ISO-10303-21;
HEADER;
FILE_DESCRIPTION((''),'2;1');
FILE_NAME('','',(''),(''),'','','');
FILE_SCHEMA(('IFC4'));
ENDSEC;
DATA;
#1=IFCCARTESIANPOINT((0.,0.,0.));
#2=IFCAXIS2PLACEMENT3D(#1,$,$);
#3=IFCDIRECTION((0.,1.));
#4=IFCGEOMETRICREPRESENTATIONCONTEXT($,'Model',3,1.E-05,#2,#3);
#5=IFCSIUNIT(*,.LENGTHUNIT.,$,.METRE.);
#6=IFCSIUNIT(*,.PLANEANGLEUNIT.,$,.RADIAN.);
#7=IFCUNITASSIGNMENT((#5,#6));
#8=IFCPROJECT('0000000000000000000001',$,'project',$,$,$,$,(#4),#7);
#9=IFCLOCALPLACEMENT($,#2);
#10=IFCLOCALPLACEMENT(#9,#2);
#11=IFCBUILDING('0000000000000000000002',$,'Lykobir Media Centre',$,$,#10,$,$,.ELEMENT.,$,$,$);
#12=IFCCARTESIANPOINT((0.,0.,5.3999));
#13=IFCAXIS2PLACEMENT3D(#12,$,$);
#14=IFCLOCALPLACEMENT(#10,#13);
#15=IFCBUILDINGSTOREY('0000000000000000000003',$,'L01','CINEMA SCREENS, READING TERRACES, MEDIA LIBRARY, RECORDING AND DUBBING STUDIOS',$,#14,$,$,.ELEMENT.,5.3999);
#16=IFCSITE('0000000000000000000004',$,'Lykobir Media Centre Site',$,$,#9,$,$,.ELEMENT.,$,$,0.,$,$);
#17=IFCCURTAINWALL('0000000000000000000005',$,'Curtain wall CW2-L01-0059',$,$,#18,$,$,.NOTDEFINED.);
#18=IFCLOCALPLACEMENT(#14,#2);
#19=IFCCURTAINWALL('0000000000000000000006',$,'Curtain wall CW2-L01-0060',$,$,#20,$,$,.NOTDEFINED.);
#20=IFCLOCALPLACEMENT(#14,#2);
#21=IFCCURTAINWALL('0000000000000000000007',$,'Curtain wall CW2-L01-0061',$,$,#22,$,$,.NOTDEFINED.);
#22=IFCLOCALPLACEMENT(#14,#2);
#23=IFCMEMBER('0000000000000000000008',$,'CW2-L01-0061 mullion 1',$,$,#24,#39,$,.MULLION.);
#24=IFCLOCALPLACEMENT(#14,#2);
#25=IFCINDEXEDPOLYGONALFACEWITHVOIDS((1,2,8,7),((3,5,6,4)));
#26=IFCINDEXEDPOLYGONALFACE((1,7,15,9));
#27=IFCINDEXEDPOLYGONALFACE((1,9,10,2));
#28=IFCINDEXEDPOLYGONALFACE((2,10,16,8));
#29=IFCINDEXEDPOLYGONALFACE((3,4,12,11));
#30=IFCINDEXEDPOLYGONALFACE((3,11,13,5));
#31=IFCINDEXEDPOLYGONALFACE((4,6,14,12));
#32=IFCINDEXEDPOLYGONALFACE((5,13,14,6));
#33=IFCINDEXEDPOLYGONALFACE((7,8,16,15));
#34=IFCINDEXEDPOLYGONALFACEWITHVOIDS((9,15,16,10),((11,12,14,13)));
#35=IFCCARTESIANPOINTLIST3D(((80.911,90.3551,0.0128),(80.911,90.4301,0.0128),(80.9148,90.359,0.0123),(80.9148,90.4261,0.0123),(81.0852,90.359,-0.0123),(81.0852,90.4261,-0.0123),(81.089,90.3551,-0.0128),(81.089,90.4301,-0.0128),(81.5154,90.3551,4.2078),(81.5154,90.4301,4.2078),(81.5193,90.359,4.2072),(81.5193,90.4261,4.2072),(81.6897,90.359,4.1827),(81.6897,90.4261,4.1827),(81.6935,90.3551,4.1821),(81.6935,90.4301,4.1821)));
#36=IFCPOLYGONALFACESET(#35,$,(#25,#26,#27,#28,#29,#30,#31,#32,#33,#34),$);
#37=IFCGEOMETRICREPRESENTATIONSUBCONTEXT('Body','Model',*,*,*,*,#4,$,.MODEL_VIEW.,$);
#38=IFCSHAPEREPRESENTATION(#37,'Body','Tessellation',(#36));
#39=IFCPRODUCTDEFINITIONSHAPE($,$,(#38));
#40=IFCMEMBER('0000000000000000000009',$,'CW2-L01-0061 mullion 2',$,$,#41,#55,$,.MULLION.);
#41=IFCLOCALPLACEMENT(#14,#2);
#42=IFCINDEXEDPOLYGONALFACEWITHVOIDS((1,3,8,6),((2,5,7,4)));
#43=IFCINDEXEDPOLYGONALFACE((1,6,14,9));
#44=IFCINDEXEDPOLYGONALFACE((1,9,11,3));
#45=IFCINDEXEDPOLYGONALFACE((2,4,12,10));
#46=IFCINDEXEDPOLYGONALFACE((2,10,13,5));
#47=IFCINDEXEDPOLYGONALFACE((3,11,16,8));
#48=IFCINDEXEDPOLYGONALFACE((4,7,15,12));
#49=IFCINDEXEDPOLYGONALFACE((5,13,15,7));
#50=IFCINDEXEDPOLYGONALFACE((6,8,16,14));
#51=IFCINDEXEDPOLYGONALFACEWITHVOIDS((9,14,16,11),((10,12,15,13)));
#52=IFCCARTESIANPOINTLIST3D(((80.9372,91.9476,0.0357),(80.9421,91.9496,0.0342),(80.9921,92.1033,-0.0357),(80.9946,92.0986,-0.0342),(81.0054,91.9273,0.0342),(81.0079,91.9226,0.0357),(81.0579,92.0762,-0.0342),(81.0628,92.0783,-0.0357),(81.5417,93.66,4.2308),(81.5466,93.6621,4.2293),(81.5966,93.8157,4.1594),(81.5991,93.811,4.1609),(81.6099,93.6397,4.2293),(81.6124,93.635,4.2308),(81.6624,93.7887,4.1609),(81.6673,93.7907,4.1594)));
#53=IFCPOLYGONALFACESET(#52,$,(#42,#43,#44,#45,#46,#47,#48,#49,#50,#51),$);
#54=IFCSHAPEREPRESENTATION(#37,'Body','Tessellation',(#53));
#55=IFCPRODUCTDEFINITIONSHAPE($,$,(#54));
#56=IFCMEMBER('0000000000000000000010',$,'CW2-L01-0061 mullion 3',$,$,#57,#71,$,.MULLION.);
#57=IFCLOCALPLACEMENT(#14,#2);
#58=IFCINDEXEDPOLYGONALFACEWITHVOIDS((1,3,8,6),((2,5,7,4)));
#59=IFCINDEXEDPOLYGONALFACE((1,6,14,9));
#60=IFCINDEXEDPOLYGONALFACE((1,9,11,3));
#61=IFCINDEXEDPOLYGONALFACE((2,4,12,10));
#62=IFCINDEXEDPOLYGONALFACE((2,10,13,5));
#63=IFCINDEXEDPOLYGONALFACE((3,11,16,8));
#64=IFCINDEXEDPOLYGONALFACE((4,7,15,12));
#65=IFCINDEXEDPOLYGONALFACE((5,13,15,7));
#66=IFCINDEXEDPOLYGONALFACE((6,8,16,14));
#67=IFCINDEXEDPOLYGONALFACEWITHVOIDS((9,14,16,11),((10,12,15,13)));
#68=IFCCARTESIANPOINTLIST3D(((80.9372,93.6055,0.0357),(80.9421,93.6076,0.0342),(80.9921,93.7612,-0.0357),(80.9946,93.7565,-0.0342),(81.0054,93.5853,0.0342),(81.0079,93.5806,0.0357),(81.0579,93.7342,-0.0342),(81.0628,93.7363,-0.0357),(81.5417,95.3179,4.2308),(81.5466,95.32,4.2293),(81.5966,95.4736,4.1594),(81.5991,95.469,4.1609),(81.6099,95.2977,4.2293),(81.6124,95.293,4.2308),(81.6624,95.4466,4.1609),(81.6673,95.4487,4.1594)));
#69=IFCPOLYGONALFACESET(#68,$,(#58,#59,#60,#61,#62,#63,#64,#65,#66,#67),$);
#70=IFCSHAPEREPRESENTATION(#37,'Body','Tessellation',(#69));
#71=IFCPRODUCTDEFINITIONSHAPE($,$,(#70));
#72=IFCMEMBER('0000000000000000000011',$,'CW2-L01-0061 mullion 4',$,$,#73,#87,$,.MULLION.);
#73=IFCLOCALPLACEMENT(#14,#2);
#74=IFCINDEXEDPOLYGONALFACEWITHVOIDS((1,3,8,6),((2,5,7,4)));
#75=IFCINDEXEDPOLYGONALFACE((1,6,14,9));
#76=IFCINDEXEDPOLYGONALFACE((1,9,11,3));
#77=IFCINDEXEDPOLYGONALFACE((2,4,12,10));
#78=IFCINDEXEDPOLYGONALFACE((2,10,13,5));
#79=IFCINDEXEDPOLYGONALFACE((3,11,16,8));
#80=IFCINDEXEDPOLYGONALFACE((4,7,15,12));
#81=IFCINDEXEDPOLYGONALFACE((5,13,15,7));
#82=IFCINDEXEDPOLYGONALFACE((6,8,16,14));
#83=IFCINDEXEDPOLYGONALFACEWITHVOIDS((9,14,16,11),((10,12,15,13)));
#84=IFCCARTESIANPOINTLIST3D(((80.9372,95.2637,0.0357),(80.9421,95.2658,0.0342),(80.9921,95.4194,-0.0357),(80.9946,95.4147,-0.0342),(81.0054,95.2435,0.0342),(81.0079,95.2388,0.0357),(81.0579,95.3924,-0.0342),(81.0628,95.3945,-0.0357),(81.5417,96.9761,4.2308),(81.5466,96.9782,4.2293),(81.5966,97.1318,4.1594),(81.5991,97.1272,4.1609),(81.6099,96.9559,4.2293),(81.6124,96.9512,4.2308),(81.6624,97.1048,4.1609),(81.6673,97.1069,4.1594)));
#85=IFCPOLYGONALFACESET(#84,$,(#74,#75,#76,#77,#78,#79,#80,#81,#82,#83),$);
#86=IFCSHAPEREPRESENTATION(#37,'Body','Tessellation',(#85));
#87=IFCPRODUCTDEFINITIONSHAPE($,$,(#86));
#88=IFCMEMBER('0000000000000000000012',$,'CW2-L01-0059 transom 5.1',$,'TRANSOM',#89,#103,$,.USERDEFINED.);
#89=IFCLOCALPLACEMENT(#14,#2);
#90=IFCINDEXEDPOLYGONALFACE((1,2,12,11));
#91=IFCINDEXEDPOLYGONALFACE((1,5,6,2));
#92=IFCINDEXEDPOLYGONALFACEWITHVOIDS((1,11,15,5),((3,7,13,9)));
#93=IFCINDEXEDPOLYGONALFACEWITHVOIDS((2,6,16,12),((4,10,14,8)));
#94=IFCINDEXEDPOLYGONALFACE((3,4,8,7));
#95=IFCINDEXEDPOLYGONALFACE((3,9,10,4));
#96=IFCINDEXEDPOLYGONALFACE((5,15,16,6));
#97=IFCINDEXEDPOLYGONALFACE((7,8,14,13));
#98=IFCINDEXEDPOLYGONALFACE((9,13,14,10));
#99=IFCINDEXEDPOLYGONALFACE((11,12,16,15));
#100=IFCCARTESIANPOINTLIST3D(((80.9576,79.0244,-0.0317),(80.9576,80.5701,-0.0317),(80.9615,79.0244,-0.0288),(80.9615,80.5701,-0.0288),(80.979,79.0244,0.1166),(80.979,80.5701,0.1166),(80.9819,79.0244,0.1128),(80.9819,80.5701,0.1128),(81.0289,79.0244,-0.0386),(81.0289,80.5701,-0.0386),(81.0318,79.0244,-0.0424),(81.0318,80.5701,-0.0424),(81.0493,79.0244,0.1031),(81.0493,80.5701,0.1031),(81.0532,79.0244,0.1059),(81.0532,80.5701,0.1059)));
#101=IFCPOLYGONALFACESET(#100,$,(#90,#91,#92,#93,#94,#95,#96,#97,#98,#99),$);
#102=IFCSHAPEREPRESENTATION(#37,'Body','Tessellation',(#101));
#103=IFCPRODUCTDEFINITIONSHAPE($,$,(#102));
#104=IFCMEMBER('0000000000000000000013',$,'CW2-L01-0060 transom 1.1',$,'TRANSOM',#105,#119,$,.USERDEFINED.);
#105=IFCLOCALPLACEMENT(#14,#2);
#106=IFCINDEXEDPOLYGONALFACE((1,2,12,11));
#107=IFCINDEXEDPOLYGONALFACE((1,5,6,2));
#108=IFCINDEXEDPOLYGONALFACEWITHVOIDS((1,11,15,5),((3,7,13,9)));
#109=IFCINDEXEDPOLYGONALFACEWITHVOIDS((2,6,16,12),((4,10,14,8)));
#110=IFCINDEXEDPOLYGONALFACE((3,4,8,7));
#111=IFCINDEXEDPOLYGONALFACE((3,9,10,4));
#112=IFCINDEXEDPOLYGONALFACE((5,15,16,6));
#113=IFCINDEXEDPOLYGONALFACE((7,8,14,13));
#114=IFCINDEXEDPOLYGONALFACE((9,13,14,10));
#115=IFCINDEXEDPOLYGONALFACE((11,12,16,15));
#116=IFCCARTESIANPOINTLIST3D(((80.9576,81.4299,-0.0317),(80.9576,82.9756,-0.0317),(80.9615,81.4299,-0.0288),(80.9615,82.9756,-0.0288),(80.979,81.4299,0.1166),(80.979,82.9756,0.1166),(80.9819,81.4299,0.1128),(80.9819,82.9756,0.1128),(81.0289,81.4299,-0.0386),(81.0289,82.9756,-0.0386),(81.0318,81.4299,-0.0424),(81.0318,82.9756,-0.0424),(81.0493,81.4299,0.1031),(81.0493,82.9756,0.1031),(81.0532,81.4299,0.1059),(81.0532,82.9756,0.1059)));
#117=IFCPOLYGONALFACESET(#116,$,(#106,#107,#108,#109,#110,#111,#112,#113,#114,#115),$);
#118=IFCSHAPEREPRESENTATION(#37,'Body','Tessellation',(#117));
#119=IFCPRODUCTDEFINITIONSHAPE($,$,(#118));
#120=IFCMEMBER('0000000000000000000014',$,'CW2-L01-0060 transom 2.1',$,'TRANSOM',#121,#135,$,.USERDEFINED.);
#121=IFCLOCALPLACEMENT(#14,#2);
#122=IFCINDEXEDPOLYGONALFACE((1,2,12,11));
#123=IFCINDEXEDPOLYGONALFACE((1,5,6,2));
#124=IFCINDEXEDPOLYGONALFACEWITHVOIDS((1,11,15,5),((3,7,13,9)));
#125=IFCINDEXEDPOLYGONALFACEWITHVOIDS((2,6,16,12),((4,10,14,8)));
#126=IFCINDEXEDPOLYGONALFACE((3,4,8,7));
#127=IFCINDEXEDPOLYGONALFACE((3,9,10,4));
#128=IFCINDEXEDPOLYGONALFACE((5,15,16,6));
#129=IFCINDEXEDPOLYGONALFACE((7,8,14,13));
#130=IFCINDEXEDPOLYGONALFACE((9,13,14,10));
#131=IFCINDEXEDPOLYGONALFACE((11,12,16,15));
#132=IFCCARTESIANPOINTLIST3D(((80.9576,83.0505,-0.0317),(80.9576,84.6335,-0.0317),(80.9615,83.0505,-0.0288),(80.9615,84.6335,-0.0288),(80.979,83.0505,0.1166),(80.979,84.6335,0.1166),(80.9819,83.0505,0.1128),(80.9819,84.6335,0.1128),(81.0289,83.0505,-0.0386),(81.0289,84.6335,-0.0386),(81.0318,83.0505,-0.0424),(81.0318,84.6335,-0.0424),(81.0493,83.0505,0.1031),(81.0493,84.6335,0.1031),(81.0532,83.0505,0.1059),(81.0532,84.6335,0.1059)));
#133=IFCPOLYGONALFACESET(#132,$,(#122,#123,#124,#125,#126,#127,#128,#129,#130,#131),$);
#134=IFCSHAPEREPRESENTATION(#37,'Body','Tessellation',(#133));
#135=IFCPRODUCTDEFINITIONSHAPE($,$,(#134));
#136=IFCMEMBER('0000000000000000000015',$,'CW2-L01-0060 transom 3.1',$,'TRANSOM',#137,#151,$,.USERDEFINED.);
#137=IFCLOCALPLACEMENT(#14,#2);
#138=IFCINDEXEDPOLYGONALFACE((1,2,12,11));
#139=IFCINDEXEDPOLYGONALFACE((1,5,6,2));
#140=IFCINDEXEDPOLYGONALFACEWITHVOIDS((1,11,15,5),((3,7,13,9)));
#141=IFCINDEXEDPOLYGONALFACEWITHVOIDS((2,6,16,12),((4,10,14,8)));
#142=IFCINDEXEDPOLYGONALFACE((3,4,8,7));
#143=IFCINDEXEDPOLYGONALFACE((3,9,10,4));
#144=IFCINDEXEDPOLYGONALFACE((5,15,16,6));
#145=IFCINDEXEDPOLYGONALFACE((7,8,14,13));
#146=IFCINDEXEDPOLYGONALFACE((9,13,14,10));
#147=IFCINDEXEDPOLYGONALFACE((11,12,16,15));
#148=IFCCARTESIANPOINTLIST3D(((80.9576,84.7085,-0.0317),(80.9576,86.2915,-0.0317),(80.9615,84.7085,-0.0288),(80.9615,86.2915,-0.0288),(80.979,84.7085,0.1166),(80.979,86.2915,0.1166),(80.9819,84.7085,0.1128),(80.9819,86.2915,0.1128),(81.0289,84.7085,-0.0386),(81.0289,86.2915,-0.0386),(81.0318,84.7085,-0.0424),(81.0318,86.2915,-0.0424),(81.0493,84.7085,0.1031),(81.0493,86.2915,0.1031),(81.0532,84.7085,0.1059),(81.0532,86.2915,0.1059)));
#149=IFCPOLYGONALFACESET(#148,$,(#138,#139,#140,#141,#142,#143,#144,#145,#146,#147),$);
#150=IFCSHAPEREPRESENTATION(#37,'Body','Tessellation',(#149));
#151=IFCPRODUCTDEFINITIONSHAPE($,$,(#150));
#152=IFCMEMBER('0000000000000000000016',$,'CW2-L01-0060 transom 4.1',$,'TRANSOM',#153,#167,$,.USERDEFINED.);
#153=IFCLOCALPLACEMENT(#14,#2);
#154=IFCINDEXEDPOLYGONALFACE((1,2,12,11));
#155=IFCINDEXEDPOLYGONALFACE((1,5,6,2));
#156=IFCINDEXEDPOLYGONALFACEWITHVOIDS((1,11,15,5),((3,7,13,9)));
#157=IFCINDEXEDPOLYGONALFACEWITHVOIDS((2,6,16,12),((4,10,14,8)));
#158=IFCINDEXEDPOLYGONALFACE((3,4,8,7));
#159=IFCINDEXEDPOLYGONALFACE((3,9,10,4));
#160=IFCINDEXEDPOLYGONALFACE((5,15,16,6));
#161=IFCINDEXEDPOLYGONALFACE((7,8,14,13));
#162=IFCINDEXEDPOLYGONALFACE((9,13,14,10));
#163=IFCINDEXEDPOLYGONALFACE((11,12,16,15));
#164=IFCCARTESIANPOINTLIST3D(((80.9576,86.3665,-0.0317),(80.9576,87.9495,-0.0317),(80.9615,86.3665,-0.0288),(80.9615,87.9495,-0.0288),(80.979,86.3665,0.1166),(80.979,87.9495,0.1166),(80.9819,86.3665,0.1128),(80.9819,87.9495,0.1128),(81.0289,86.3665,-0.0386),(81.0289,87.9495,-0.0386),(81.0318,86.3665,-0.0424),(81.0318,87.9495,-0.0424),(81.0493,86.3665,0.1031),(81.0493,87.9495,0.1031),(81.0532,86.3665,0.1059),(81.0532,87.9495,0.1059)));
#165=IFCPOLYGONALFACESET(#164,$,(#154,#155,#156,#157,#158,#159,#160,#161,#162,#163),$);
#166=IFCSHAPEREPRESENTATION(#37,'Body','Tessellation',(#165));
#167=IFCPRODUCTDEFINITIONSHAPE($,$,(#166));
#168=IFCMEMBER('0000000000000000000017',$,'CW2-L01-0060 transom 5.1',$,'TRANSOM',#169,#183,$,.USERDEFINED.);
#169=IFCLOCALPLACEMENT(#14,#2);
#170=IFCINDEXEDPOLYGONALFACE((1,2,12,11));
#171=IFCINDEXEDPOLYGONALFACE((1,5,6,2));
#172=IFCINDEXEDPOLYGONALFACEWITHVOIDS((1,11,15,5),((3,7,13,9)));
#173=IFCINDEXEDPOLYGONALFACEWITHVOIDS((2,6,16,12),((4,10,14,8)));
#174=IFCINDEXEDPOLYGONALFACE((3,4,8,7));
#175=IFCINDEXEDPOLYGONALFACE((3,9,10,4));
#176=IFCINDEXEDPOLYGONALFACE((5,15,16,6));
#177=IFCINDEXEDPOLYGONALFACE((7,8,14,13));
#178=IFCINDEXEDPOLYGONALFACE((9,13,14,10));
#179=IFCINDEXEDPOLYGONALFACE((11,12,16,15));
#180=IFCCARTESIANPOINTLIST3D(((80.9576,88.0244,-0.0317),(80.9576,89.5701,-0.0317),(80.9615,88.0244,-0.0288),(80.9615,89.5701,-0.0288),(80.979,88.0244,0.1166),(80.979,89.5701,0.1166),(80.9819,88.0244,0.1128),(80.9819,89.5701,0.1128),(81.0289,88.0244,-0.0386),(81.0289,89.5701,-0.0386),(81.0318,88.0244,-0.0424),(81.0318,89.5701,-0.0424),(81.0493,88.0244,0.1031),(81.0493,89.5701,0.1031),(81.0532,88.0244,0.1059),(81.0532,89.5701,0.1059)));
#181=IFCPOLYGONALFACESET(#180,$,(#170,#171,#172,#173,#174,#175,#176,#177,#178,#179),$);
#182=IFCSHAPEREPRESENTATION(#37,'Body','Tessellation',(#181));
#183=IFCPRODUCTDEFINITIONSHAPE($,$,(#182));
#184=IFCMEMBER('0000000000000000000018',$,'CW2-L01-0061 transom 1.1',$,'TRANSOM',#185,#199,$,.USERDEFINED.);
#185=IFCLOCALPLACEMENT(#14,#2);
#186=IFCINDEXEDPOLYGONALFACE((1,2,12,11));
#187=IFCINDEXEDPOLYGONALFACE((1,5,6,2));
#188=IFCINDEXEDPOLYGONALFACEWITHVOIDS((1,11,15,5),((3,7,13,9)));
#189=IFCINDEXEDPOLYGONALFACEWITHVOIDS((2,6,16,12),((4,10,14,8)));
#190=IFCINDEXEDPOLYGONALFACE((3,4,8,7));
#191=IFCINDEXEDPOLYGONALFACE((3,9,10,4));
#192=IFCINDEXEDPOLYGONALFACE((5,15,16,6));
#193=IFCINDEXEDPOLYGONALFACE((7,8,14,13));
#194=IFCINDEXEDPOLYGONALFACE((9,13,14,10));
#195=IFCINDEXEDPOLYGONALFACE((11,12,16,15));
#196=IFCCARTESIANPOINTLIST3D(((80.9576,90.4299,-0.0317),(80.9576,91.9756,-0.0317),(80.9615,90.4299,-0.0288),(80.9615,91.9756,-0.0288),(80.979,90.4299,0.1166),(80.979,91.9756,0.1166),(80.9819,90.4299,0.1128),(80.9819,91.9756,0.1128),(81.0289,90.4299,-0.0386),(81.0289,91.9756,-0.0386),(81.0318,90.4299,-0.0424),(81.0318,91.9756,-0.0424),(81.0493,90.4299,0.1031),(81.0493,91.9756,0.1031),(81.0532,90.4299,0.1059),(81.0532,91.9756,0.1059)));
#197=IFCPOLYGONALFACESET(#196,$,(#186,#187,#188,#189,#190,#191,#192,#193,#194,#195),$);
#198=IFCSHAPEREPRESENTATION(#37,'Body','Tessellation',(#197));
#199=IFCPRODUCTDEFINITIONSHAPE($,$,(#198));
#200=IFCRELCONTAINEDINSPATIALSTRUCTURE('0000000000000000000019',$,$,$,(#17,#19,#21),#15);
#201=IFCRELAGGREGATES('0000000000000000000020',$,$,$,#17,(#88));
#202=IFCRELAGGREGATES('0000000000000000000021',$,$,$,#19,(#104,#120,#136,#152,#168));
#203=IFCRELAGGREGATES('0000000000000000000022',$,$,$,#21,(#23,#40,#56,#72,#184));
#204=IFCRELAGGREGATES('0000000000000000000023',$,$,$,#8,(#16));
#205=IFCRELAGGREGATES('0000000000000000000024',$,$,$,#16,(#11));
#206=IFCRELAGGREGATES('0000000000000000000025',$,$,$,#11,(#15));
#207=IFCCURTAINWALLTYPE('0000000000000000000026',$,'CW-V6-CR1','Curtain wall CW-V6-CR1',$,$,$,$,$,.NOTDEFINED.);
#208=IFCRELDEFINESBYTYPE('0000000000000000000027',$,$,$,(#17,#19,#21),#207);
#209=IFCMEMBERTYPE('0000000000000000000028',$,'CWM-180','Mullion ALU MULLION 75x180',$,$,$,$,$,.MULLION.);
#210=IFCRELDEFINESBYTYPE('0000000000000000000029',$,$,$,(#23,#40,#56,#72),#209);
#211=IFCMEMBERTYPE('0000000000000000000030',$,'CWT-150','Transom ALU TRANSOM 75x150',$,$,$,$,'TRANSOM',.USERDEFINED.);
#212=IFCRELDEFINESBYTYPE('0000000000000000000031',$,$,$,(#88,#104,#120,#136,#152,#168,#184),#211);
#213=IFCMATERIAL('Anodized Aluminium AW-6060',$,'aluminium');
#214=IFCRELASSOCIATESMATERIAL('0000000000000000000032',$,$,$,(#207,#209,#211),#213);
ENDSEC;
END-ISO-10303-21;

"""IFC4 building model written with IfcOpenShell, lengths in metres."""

from ifc_helpers import new_model, si_unit, direction, frame, origin, origin_2d, place, context, subcontext, project, spatial, hollow_rectangle, extrude, material, material_profile, profile_set, type_object, element, aggregate, save


model = new_model("IFC4")

# Units and contexts
model_context = context("Model", 3, precision=1e-05, world=origin(), true_north=direction((0.0, 1.0)))
body_context = subcontext(model_context, "Body", "Model", "MODEL_VIEW")
ifc_project = project(units=[si_unit("LENGTHUNIT", "METRE"), si_unit("PLANEANGLEUNIT", "RADIAN")], contexts=[model_context])

# Site, building, storey
site_placement = place(None, origin())
site = spatial("IfcSite", under=ifc_project, at=site_placement, Name="Lykobir Media Centre Site", CompositionType="ELEMENT", RefElevation=0.0)
building_placement = place(site_placement, origin())
building = spatial("IfcBuilding", under=site, at=building_placement, Name="Lykobir Media Centre", CompositionType="ELEMENT")
storey_placement = place(building_placement, frame((0.0, 0.0, 5.3999)))
storey = spatial("IfcBuildingStorey", under=building, at=storey_placement, Name="L01", Description="CINEMA SCREENS, READING TERRACES, MEDIA LIBRARY, RECORDING AND DUBBING STUDIOS", CompositionType="ELEMENT", Elevation=5.3999)

# Curtain walls, members
ifc_material_1 = material(Name="Anodized Aluminium AW-6060", Category="aluminium")
curtain_wall_type = type_object("IfcCurtainWallType", Name="CW-V6-CR1", Description="Curtain wall CW-V6-CR1", PredefinedType="NOTDEFINED", material=ifc_material_1)
curtain_wall_1_placement = place(storey_placement, origin())
curtain_wall_1 = element("IfcCurtainWall", 1, at=curtain_wall_1_placement, inside=storey, type_object=curtain_wall_type, Name="Curtain wall CW2-L01-0059", PredefinedType="NOTDEFINED")
ifc_material_profile_1 = material_profile(ifc_material_1, hollow_rectangle(XDim=0.075, YDim=0.1799, WallThickness=0.0039, at=origin_2d()), Name="ALU MULLION 75x180")
ifc_profile_set_1 = profile_set([ifc_material_profile_1], Name="Anodized Aluminium AW-6060")
member_type_1 = type_object("IfcMemberType", Name="CWM-180", Description="Mullion ALU MULLION 75x180", PredefinedType="MULLION", material=ifc_profile_set_1)
curtain_wall_2_placement = place(storey_placement, origin())
curtain_wall_2 = element("IfcCurtainWall", 2, at=curtain_wall_2_placement, inside=storey, type_object=curtain_wall_type, Name="Curtain wall CW2-L01-0060", PredefinedType="NOTDEFINED")
curtain_wall_3_placement = place(storey_placement, origin())
curtain_wall_3 = element("IfcCurtainWall", 3, at=curtain_wall_3_placement, inside=storey, type_object=curtain_wall_type, Name="Curtain wall CW2-L01-0061", PredefinedType="NOTDEFINED")
member_1_placement = place(storey_placement, frame((81.0, 90.3926, 0.0), z_axis=(0.142623, 0.0, 0.989777), x_axis=(0.0, -1.0, 0.0)))
member_1 = element("IfcMember", 4, at=member_1_placement, type_object=member_type_1, Name="CW2-L01-0061 mullion 1", PredefinedType="MULLION", context=body_context, shape_type="SweptSolid", body=[
    extrude(hollow_rectangle(XDim=0.075, YDim=0.1799, WallThickness=0.0039, at=origin_2d()), origin(), (0.0, 0.0, 1.0), 4.2383),
])
member_2_placement = place(storey_placement, frame((81.0, 92.0129, 0.0), z_axis=(0.132238, 0.374603, 0.917707), x_axis=(0.94297, -0.332876, 0.0)))
member_2 = element("IfcMember", 5, at=member_2_placement, type_object=member_type_1, Name="CW2-L01-0061 mullion 2", PredefinedType="MULLION", context=body_context, shape_type="SweptSolid", body=[
    extrude(hollow_rectangle(XDim=0.075, YDim=0.1799, WallThickness=0.0039, at=origin_2d()), origin(), (0.0, 0.0, 1.0), 4.5713),
])
member_3_placement = place(storey_placement, frame((81.0, 93.6709, 0.0), z_axis=(0.132238, 0.374603, 0.917707), x_axis=(0.94297, -0.332876, 0.0)))
member_3 = element("IfcMember", 6, at=member_3_placement, type_object=member_type_1, Name="CW2-L01-0061 mullion 3", PredefinedType="MULLION", context=body_context, shape_type="SweptSolid", body=[
    extrude(hollow_rectangle(XDim=0.075, YDim=0.1799, WallThickness=0.0039, at=origin_2d()), origin(), (0.0, 0.0, 1.0), 4.5713),
])
member_4_placement = place(storey_placement, frame((81.0, 95.3291, 0.0), z_axis=(0.132238, 0.374603, 0.917707), x_axis=(0.94297, -0.332876, 0.0)))
member_4 = element("IfcMember", 7, at=member_4_placement, type_object=member_type_1, Name="CW2-L01-0061 mullion 4", PredefinedType="MULLION", context=body_context, shape_type="SweptSolid", body=[
    extrude(hollow_rectangle(XDim=0.075, YDim=0.1799, WallThickness=0.0039, at=origin_2d()), origin(), (0.0, 0.0, 1.0), 4.5713),
])

# Members
ifc_material_profile_2 = material_profile(ifc_material_1, hollow_rectangle(XDim=0.075, YDim=0.1499, WallThickness=0.0034, at=origin_2d()), Name="ALU TRANSOM 75x150")
ifc_profile_set_2 = profile_set([ifc_material_profile_2], Name="Anodized Aluminium AW-6060")
member_type_2 = type_object("IfcMemberType", Name="CWT-150", Description="Transom ALU TRANSOM 75x150", ElementType="TRANSOM", PredefinedType="USERDEFINED", material=ifc_profile_set_2)
member_5_placement = place(storey_placement, frame((81.0054, 79.0244, 0.0371), z_axis=(0.0, 1.0, 0.0), x_axis=(-0.989776, 0.0, 0.142629)))
member_5 = element("IfcMember", 8, at=member_5_placement, type_object=member_type_2, Name="CW2-L01-0059 transom 5.1", ObjectType="TRANSOM", PredefinedType="USERDEFINED", context=body_context, shape_type="SweptSolid", body=[
    extrude(hollow_rectangle(XDim=0.075, YDim=0.1499, WallThickness=0.0034, at=origin_2d()), origin(), (0.0, 0.0, 1.0), 1.5457),
])
member_6_placement = place(storey_placement, frame((81.0054, 81.4299, 0.0371), z_axis=(0.0, 1.0, 0.0), x_axis=(-0.989776, 0.0, 0.142629)))
member_6 = element("IfcMember", 9, at=member_6_placement, type_object=member_type_2, Name="CW2-L01-0060 transom 1.1", ObjectType="TRANSOM", PredefinedType="USERDEFINED", context=body_context, shape_type="SweptSolid", body=[
    extrude(hollow_rectangle(XDim=0.075, YDim=0.1499, WallThickness=0.0034, at=origin_2d()), origin(), (0.0, 0.0, 1.0), 1.5457),
])
member_7_placement = place(storey_placement, frame((81.0054, 83.0505, 0.0371), z_axis=(0.0, 1.0, 0.0), x_axis=(-0.989776, 0.0, 0.142629)))
member_7 = element("IfcMember", 10, at=member_7_placement, type_object=member_type_2, Name="CW2-L01-0060 transom 2.1", ObjectType="TRANSOM", PredefinedType="USERDEFINED", context=body_context, shape_type="SweptSolid", body=[
    extrude(hollow_rectangle(XDim=0.075, YDim=0.1499, WallThickness=0.0034, at=origin_2d()), origin(), (0.0, 0.0, 1.0), 1.583),
])
member_8_placement = place(storey_placement, frame((81.0054, 84.7085, 0.0371), z_axis=(0.0, 1.0, 0.0), x_axis=(-0.989776, 0.0, 0.142629)))
member_8 = element("IfcMember", 11, at=member_8_placement, type_object=member_type_2, Name="CW2-L01-0060 transom 3.1", ObjectType="TRANSOM", PredefinedType="USERDEFINED", context=body_context, shape_type="SweptSolid", body=[
    extrude(hollow_rectangle(XDim=0.075, YDim=0.1499, WallThickness=0.0034, at=origin_2d()), origin(), (0.0, 0.0, 1.0), 1.583),
])
member_9_placement = place(storey_placement, frame((81.0054, 86.3665, 0.0371), z_axis=(0.0, 1.0, 0.0), x_axis=(-0.989776, 0.0, 0.142629)))
member_9 = element("IfcMember", 12, at=member_9_placement, type_object=member_type_2, Name="CW2-L01-0060 transom 4.1", ObjectType="TRANSOM", PredefinedType="USERDEFINED", context=body_context, shape_type="SweptSolid", body=[
    extrude(hollow_rectangle(XDim=0.075, YDim=0.1499, WallThickness=0.0034, at=origin_2d()), origin(), (0.0, 0.0, 1.0), 1.583),
])
member_10_placement = place(storey_placement, frame((81.0054, 88.0244, 0.0371), z_axis=(0.0, 1.0, 0.0), x_axis=(-0.989776, 0.0, 0.142629)))
member_10 = element("IfcMember", 13, at=member_10_placement, type_object=member_type_2, Name="CW2-L01-0060 transom 5.1", ObjectType="TRANSOM", PredefinedType="USERDEFINED", context=body_context, shape_type="SweptSolid", body=[
    extrude(hollow_rectangle(XDim=0.075, YDim=0.1499, WallThickness=0.0034, at=origin_2d()), origin(), (0.0, 0.0, 1.0), 1.5457),
])
member_11_placement = place(storey_placement, frame((81.0054, 90.4299, 0.0371), z_axis=(0.0, 1.0, 0.0), x_axis=(-0.989776, 0.0, 0.142629)))
member_11 = element("IfcMember", 14, at=member_11_placement, type_object=member_type_2, Name="CW2-L01-0061 transom 1.1", ObjectType="TRANSOM", PredefinedType="USERDEFINED", context=body_context, shape_type="SweptSolid", body=[
    extrude(hollow_rectangle(XDim=0.075, YDim=0.1499, WallThickness=0.0034, at=origin_2d()), origin(), (0.0, 0.0, 1.0), 1.5457),
])

aggregate(curtain_wall_1, [member_5])
aggregate(curtain_wall_2, [member_6, member_7, member_8, member_9, member_10])
aggregate(curtain_wall_3, [member_1, member_2, member_3, member_4, member_11])

save(model, "model.ifc")
